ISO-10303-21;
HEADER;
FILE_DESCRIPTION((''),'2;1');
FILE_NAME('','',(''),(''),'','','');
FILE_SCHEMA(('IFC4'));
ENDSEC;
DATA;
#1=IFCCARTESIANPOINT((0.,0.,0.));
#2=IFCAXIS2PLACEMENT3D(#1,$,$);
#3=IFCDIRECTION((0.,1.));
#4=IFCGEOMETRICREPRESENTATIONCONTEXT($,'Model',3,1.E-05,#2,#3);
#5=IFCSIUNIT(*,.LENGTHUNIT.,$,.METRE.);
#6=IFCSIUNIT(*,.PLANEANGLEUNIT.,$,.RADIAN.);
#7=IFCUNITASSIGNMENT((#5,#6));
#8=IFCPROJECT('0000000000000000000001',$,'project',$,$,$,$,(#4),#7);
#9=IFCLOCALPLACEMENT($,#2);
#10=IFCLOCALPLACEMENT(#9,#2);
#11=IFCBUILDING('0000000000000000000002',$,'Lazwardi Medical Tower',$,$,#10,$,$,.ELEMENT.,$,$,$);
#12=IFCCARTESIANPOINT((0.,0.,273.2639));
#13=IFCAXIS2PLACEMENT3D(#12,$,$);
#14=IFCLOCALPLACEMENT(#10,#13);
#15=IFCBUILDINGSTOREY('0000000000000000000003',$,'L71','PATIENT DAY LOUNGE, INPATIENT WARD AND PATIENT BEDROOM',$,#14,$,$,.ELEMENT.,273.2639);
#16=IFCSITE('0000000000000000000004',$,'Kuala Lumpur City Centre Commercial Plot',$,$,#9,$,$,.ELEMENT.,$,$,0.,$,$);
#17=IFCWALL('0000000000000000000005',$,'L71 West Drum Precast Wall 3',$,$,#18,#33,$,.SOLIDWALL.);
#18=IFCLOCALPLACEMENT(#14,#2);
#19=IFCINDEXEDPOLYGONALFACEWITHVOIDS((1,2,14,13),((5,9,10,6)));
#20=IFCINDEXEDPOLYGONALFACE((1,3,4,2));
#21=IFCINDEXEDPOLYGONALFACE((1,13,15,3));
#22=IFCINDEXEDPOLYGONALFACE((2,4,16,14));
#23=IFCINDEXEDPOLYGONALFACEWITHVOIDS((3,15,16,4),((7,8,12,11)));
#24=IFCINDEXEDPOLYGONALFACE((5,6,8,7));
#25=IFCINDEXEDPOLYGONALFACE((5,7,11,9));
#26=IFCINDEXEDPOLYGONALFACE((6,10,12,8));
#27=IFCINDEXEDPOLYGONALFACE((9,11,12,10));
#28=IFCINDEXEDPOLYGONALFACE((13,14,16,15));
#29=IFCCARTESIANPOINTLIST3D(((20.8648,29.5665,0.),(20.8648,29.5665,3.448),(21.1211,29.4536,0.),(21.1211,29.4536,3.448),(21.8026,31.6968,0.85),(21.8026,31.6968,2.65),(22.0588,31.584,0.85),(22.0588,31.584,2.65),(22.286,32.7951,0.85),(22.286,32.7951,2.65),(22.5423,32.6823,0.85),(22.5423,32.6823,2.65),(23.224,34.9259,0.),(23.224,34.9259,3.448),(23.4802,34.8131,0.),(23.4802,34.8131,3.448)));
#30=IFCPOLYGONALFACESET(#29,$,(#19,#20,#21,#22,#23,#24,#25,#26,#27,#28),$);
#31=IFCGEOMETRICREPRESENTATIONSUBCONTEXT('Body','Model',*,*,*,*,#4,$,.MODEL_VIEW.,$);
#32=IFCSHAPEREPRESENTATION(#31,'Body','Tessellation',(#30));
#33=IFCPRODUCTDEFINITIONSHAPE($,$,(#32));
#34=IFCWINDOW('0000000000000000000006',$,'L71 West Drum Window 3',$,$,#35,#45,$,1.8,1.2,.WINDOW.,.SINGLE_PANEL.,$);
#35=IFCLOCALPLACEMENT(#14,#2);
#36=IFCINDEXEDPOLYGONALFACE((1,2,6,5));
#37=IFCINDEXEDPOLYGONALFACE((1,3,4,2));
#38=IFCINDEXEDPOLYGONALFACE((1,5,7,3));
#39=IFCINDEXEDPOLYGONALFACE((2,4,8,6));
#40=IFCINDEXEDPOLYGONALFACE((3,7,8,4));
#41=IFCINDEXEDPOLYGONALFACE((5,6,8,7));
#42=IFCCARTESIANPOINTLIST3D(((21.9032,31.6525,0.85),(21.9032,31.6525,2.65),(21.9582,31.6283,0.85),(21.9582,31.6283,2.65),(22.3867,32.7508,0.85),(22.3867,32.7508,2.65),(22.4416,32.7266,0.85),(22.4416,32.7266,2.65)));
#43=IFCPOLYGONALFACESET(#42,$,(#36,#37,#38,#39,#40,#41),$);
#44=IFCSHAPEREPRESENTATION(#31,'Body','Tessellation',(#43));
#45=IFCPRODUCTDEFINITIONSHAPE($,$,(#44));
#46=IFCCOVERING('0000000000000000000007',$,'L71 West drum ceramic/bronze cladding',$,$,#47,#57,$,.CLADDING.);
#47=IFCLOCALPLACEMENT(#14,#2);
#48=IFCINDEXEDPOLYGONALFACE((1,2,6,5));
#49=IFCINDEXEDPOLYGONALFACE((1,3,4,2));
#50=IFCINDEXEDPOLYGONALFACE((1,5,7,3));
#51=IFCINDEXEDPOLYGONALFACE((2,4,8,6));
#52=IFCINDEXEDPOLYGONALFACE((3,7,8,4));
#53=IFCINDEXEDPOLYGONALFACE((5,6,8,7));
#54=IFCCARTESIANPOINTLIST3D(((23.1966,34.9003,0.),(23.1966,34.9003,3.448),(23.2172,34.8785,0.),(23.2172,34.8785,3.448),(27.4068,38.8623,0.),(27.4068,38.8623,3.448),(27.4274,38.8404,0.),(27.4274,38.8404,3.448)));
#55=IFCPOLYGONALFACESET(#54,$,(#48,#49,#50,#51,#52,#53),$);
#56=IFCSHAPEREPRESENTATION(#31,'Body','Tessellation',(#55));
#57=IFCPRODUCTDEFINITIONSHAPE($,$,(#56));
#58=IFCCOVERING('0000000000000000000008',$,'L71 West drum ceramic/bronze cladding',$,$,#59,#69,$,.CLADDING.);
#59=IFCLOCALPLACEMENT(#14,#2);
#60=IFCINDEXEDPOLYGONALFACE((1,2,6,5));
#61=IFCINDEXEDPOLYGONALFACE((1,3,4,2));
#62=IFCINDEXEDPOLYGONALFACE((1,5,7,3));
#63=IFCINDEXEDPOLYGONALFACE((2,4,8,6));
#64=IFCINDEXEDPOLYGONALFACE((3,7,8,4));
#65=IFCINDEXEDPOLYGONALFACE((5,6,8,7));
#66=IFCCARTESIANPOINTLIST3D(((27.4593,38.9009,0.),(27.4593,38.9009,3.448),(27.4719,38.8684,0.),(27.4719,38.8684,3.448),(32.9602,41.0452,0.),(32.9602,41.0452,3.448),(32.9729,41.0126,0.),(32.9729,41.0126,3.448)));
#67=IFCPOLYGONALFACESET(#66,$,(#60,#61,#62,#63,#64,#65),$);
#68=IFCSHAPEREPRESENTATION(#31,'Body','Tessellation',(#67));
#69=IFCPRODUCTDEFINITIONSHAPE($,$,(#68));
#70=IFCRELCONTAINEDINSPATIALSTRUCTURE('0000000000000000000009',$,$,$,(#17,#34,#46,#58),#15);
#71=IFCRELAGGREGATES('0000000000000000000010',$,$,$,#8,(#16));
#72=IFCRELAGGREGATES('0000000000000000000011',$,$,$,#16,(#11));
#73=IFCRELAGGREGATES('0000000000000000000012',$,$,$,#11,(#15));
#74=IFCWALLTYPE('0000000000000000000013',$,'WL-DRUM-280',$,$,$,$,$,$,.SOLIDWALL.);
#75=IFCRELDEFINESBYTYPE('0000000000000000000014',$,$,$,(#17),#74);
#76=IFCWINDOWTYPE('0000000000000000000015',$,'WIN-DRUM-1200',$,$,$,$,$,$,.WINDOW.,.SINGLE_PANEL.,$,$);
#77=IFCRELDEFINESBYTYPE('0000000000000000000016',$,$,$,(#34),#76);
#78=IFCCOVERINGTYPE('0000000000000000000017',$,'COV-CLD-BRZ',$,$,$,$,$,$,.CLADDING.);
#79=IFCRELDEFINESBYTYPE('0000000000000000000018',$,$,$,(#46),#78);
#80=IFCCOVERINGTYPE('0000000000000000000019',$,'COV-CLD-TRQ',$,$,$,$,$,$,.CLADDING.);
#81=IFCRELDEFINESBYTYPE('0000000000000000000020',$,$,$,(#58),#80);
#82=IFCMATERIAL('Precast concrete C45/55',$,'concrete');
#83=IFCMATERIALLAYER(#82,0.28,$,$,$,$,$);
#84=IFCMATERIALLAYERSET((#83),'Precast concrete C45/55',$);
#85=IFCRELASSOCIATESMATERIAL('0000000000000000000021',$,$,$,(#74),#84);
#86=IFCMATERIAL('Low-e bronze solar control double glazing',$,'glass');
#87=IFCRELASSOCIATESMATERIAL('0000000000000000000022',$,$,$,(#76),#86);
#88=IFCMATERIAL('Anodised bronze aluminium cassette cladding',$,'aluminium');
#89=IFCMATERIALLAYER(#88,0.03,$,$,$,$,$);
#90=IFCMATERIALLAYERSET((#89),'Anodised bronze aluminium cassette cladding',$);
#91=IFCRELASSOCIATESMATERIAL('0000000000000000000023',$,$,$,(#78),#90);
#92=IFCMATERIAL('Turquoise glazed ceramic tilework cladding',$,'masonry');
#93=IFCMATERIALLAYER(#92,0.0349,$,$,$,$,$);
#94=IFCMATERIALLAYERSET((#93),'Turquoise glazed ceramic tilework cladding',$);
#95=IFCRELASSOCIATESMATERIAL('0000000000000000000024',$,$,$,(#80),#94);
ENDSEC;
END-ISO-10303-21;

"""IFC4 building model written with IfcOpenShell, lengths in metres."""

from ifc_helpers import new_model, si_unit, direction, frame, frame_2d, origin, origin_2d, place, context, subcontext, project, spatial, rectangle, extrude, material, layer, layer_set, type_object, element, fill, save


model = new_model("IFC4")

# Units and contexts
model_context = context("Model", 3, precision=1e-05, world=origin(), true_north=direction((0.0, 1.0)))
body_context = subcontext(model_context, "Body", "Model", "MODEL_VIEW")
ifc_project = project(units=[si_unit("LENGTHUNIT", "METRE"), si_unit("PLANEANGLEUNIT", "RADIAN")], contexts=[model_context])

# Site, building, storey
site_placement = place(None, origin())
site = spatial("IfcSite", under=ifc_project, at=site_placement, Name="Kuala Lumpur City Centre Commercial Plot", CompositionType="ELEMENT", RefElevation=0.0)
building_placement = place(site_placement, origin())
building = spatial("IfcBuilding", under=site, at=building_placement, Name="Lazwardi Medical Tower", CompositionType="ELEMENT")
storey_placement = place(building_placement, frame((0.0, 0.0, 273.2639)))
storey = spatial("IfcBuildingStorey", under=building, at=storey_placement, Name="L71", Description="PATIENT DAY LOUNGE, INPATIENT WARD AND PATIENT BEDROOM", CompositionType="ELEMENT", Elevation=273.2639)

# Wall, opening, window
ifc_material_1 = material(Name="Precast concrete C45/55", Category="concrete")
ifc_layer_1 = layer(ifc_material_1, 0.28)
ifc_layer_set_1 = layer_set([ifc_layer_1], Name="Precast concrete C45/55")
wall_type_1 = type_object("IfcWallType", Name="WL-DRUM-280", PredefinedType="SOLIDWALL", material=ifc_layer_set_1)
ifc_material_2 = material(Name="Low-e bronze solar control double glazing", Category="glass")
window_type = type_object("IfcWindowType", Name="WIN-DRUM-1200", PartitioningType="SINGLE_PANEL", PredefinedType="WINDOW", material=ifc_material_2)
wall_1_placement = place(storey_placement, frame((23.3521, 34.8694, 0.0), z_axis=(0.0, 0.0, 1.0), x_axis=(-0.402883, -0.915252, 0.0)))
wall_1 = element("IfcWall", 1, at=wall_1_placement, inside=storey, type_object=wall_type_1, Name="L71 West Drum Precast Wall 3", PredefinedType="SOLIDWALL", context=body_context, shape_type="SweptSolid", body=[
    extrude(rectangle(XDim=5.8557, YDim=0.28, at=frame_2d((2.9277, 0.0))), origin(), (0.0, 0.0, 1.0), 3.448),
])
opening_1_placement = place(wall_1_placement, frame((2.3279, 0.0, 0.8501)))
opening_1 = element("IfcOpeningElement", 2, at=opening_1_placement, cuts=wall_1, PredefinedType="OPENING", context=body_context, shape_type="SweptSolid", body=[
    extrude(rectangle(XDim=1.2, YDim=1.8, at=frame_2d((0.6001, 0.8999))), frame((0.0, 0.1499, 0.0), z_axis=(0.0, -1.0, 0.0), x_axis=(1.0, 0.0, 0.0)), (0.0, 0.0, 1.0), 0.3),
])
window_1_placement = place(opening_1_placement, origin())
window_1 = element("IfcWindow", 3, at=window_1_placement, inside=storey, type_object=window_type, Name="L71 West Drum Window 3", OverallHeight=1.8, OverallWidth=1.2, PartitioningType="SINGLE_PANEL", PredefinedType="WINDOW", context=body_context, shape_type="SweptSolid", body=[
    extrude(rectangle(XDim=1.2, YDim=1.8, at=frame_2d((0.6001, 0.8999))), frame((0.0, 0.03, 0.0), z_axis=(0.0, -1.0, 0.0), x_axis=(1.0, 0.0, 0.0)), (0.0, 0.0, 1.0), 0.0601),
])
fill(opening_1, window_1)

# Coverings
ifc_material_3 = material(Name="Anodised bronze aluminium cassette cladding", Category="aluminium")
ifc_layer_2 = layer(ifc_material_3, 0.03)
ifc_layer_set_2 = layer_set([ifc_layer_2], Name="Anodised bronze aluminium cassette cladding")
covering_type_1 = type_object("IfcCoveringType", Name="COV-CLD-BRZ", PredefinedType="CLADDING", material=ifc_layer_set_2)
covering_1_placement = place(storey_placement, frame((25.312, 36.8704, 0.0), z_axis=(0.0, 0.0, 1.0), x_axis=(-0.728255, -0.685306, 0.0)))
element("IfcCovering", 4, at=covering_1_placement, inside=storey, type_object=covering_type_1, Name="L71 West drum ceramic/bronze cladding", PredefinedType="CLADDING", context=body_context, shape_type="SweptSolid", body=[
    extrude(rectangle(XDim=5.7812, YDim=0.03, at=origin_2d()), origin(), (0.0, 0.0, 1.0), 3.448),
])
ifc_material_4 = material(Name="Turquoise glazed ceramic tilework cladding", Category="masonry")
ifc_layer_3 = layer(ifc_material_4, 0.0349)
ifc_layer_set_3 = layer_set([ifc_layer_3], Name="Turquoise glazed ceramic tilework cladding")
covering_type_2 = type_object("IfcCoveringType", Name="COV-CLD-TRQ", PredefinedType="CLADDING", material=ifc_layer_set_3)
covering_2_placement = place(storey_placement, frame((30.2161, 39.9568, 0.0), z_axis=(0.0, 0.0, 1.0), x_axis=(-0.93172, -0.363176, 0.0)))
element("IfcCovering", 5, at=covering_2_placement, inside=storey, type_object=covering_type_2, Name="L71 West drum ceramic/bronze cladding", PredefinedType="CLADDING", context=body_context, shape_type="SweptSolid", body=[
    extrude(rectangle(XDim=5.9041, YDim=0.0349, at=origin_2d()), origin(), (0.0, 0.0, 1.0), 3.448),
])

save(model, "model.ifc")
